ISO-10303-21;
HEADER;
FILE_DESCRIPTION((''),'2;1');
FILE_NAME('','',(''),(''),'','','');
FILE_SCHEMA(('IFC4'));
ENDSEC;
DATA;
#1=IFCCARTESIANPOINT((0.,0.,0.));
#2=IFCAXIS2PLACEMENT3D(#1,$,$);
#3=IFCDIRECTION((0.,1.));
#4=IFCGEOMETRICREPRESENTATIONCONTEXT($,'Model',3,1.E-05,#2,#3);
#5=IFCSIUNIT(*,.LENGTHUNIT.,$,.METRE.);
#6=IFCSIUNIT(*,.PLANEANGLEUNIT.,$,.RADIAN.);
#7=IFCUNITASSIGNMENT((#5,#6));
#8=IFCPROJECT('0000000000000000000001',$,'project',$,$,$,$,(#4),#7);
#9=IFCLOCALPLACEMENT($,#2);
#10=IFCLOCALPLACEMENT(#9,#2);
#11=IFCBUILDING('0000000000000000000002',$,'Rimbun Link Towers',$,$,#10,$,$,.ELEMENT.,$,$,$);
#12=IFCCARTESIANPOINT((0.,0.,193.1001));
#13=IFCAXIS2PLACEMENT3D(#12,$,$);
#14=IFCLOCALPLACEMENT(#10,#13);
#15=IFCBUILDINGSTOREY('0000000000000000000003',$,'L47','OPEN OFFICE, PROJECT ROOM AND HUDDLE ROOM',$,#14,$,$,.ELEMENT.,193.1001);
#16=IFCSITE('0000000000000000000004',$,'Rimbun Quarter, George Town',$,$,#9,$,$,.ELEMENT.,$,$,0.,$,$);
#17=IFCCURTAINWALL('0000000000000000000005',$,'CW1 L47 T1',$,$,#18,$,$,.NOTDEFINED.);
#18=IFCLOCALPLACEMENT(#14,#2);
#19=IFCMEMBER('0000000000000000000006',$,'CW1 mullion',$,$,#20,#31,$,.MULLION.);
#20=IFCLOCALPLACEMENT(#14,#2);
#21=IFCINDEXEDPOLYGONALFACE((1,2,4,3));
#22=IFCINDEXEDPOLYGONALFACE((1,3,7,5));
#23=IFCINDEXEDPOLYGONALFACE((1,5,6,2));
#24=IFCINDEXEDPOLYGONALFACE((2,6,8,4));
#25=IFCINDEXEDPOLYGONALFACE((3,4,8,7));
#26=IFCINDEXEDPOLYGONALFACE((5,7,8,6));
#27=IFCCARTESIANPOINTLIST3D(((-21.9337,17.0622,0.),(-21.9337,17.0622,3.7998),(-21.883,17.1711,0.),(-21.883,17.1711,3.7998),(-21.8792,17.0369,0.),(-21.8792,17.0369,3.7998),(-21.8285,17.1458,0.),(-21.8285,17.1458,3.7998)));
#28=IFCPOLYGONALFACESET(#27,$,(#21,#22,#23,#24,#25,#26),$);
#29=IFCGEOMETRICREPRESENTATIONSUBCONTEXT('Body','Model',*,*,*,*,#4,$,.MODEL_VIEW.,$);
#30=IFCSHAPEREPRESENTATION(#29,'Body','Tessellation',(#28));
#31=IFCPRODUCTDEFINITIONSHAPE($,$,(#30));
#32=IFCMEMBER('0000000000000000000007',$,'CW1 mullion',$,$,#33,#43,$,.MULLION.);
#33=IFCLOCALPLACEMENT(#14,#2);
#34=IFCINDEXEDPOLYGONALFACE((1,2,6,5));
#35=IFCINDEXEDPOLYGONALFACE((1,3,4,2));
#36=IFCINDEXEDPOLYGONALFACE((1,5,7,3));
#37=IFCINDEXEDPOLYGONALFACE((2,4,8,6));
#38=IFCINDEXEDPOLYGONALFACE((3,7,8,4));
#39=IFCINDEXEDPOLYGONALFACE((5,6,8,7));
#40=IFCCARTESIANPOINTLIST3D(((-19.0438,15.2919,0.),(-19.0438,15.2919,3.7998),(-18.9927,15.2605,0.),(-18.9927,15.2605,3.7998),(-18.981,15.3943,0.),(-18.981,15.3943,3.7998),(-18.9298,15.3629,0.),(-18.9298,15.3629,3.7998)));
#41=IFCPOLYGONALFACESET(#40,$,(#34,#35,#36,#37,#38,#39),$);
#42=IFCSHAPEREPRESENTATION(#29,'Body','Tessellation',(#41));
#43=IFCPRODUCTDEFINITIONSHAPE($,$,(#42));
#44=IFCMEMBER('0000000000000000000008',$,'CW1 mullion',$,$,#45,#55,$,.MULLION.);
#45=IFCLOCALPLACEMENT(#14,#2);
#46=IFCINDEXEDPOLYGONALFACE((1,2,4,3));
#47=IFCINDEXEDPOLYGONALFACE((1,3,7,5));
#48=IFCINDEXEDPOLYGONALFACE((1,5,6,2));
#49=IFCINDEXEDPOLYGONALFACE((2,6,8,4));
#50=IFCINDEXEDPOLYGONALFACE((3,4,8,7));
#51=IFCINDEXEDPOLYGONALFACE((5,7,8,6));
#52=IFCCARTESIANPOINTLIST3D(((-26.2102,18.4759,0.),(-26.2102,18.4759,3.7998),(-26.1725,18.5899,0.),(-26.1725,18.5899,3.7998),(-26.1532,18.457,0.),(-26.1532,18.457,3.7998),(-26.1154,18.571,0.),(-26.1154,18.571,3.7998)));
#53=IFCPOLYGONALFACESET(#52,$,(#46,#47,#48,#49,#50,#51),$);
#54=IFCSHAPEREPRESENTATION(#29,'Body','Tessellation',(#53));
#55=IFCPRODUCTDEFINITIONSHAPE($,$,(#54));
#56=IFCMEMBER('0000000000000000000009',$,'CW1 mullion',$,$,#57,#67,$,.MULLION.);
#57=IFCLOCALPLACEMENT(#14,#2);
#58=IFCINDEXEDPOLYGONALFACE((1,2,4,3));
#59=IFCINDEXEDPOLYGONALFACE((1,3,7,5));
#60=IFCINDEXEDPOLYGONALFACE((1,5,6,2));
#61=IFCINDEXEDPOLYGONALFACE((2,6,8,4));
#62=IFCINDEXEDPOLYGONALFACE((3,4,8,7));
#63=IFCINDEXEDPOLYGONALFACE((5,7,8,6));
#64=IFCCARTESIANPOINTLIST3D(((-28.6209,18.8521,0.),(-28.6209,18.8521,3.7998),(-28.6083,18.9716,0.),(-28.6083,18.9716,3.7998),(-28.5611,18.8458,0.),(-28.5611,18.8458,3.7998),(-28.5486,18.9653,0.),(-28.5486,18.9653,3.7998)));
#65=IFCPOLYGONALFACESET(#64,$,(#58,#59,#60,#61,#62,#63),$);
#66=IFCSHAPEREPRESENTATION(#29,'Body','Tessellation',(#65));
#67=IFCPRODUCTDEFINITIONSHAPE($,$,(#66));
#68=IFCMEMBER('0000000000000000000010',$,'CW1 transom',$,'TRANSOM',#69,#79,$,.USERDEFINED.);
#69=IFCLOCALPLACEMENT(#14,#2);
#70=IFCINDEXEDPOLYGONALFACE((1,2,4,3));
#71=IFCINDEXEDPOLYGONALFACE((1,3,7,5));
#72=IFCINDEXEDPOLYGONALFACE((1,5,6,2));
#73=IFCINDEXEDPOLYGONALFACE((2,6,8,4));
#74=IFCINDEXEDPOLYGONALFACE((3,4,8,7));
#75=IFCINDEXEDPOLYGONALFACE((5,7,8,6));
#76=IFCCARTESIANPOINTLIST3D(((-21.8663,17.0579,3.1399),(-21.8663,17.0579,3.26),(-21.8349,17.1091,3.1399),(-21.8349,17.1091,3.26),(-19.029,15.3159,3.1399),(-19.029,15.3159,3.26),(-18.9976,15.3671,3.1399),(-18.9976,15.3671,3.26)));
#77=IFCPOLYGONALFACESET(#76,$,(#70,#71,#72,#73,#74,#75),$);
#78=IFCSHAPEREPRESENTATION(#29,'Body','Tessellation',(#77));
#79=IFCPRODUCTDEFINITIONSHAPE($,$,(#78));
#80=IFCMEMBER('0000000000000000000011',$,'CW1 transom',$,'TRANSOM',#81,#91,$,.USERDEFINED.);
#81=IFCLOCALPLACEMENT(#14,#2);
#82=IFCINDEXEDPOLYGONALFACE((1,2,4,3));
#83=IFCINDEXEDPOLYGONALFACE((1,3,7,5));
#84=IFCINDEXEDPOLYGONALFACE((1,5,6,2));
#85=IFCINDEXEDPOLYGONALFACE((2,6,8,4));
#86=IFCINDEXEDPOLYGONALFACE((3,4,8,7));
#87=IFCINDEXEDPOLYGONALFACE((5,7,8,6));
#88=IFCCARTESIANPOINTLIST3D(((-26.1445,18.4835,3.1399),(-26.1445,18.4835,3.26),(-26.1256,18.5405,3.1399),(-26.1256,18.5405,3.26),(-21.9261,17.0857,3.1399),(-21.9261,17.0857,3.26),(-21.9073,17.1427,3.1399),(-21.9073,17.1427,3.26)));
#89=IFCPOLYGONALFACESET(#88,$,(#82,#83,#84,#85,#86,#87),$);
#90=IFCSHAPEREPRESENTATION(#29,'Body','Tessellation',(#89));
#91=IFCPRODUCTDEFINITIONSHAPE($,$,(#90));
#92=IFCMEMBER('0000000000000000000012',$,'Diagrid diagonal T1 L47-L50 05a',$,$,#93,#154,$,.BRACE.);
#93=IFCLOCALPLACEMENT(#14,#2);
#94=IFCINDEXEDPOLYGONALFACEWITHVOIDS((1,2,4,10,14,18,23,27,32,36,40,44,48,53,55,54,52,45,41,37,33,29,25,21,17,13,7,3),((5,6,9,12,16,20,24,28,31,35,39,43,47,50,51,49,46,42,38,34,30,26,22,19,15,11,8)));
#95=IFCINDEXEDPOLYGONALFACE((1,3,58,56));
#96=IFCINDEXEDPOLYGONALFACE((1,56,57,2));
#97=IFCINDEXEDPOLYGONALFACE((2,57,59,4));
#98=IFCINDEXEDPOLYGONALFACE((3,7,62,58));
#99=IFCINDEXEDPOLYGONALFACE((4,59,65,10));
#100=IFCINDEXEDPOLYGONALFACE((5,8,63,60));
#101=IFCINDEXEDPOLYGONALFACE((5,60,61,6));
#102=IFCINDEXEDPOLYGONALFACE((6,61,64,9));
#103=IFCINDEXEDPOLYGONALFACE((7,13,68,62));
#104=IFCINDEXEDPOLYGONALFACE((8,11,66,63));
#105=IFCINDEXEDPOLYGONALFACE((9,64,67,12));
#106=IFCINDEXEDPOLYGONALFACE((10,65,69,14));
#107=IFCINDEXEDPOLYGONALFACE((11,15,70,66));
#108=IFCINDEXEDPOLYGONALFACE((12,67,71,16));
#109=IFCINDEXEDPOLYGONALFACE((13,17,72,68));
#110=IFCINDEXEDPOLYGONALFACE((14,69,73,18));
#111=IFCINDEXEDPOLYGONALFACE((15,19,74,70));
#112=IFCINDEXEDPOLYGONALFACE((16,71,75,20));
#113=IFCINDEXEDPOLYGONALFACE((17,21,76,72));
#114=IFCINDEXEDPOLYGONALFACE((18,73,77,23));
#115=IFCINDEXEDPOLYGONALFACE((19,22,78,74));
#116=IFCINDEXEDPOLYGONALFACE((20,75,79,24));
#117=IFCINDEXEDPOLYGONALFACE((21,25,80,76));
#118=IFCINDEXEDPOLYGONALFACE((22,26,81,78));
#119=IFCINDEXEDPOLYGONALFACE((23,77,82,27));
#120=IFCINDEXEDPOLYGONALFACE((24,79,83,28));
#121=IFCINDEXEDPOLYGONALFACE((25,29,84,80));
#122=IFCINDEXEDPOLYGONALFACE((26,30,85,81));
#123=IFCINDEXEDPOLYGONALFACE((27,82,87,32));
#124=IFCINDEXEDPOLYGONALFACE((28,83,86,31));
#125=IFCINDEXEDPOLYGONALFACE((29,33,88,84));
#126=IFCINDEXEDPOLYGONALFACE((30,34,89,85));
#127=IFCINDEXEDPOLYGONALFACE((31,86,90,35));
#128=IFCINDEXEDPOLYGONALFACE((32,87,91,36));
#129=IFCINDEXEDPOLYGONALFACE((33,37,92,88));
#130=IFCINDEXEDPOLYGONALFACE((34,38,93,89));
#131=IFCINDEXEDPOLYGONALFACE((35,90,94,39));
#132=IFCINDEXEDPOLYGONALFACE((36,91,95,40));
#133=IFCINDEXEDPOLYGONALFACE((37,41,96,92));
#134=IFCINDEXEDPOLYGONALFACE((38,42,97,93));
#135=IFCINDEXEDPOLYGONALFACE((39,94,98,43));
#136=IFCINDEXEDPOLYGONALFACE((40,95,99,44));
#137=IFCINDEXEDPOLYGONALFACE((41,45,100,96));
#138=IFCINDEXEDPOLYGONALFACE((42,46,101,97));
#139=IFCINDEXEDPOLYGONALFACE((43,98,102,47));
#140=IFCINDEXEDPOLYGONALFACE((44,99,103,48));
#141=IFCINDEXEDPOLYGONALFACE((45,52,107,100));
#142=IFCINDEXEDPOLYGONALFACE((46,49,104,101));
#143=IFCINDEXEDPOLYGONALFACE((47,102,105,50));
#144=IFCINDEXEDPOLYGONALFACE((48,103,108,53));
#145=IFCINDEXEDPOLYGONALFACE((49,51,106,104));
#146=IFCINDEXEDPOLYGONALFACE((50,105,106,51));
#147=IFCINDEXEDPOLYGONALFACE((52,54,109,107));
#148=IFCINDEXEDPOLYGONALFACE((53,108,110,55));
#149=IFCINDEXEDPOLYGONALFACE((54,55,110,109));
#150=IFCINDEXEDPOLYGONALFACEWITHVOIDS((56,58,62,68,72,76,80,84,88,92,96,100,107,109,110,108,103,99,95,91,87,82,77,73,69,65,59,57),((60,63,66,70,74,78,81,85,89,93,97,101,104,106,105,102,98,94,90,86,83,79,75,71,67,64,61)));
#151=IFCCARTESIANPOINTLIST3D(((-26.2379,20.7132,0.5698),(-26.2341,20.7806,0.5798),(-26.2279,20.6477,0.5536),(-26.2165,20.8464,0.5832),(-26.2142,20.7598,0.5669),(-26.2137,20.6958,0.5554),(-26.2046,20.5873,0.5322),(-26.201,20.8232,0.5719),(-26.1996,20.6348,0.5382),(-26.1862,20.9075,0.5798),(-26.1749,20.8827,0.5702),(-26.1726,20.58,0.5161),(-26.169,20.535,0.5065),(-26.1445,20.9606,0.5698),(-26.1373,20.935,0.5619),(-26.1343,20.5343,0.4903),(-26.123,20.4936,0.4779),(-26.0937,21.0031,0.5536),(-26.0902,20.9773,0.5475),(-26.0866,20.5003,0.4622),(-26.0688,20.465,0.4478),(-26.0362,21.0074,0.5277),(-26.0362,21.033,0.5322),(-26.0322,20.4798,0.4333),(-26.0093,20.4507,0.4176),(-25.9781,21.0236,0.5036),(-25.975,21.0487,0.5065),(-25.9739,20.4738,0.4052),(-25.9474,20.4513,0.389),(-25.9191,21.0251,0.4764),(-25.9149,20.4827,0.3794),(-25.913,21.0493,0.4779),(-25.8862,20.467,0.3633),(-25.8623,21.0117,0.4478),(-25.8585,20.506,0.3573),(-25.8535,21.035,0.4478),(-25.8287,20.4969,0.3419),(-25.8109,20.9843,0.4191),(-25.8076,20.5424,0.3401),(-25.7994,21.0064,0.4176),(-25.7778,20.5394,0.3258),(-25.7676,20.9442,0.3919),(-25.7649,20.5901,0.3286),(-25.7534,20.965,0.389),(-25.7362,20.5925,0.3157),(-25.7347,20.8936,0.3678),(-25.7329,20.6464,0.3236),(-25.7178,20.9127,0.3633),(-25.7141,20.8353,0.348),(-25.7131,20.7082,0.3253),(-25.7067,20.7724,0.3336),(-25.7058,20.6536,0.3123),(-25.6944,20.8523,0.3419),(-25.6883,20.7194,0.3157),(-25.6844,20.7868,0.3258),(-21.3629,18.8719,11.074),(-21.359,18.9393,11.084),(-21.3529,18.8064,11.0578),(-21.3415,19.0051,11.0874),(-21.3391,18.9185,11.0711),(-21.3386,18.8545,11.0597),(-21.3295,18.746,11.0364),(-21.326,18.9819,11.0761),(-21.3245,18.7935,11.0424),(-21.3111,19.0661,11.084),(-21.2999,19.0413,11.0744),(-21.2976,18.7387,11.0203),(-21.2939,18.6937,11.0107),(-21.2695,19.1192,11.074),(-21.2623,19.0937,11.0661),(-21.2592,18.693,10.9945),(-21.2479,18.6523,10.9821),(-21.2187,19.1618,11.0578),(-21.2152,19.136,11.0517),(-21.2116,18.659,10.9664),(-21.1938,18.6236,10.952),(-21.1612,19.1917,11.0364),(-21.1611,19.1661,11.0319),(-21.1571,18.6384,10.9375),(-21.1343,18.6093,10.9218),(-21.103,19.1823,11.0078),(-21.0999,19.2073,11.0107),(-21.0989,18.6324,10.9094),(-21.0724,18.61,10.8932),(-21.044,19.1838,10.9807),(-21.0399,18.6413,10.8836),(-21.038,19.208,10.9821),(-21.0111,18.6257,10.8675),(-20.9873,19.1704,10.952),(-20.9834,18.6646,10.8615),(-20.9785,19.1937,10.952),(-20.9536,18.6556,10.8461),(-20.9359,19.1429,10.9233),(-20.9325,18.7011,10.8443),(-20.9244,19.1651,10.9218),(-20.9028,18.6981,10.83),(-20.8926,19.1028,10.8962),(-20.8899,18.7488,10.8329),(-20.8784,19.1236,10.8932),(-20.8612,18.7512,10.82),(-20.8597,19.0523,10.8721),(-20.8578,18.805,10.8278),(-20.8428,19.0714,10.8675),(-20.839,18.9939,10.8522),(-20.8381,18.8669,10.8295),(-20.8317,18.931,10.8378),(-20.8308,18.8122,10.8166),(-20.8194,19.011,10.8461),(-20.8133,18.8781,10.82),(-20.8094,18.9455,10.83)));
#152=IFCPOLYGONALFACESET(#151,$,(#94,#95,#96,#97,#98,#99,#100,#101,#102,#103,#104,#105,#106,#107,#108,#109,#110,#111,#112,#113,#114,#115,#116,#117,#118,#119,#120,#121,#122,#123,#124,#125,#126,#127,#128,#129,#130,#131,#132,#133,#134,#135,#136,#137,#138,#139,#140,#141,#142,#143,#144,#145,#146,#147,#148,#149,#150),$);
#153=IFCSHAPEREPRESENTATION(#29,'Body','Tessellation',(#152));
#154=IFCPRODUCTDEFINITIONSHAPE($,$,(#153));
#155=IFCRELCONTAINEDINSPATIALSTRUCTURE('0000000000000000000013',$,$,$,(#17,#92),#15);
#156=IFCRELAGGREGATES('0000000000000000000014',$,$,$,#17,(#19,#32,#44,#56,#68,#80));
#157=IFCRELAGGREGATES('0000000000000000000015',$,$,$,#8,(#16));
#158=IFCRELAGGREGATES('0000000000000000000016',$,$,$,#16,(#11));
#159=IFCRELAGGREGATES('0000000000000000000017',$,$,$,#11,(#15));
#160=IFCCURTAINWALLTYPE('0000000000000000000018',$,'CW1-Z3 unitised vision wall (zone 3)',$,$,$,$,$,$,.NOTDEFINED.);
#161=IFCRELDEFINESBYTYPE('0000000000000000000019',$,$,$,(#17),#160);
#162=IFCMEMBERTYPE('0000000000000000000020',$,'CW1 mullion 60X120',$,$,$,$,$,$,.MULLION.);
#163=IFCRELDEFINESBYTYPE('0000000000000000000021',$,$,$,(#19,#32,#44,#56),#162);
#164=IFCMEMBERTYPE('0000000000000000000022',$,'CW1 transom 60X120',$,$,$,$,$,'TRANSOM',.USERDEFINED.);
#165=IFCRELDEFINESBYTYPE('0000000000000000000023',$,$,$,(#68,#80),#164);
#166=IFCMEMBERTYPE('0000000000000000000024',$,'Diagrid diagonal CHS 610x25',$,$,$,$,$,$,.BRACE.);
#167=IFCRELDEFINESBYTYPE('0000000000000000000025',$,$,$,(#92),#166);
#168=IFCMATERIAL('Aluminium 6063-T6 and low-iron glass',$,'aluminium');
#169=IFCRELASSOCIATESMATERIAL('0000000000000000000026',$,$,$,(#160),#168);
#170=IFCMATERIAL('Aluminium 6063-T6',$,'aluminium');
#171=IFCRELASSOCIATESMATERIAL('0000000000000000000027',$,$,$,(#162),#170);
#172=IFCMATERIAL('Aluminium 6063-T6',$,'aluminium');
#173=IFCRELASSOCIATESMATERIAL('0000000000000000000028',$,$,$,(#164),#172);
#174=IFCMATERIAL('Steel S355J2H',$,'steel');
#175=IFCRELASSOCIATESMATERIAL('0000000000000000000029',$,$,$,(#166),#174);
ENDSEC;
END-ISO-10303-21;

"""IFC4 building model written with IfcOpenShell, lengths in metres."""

from ifc_helpers import new_model, si_unit, direction, frame, origin, origin_2d, place, context, subcontext, project, spatial, rectangle, hollow_circle, extrude, material, material_profile, profile_set, type_object, element, aggregate, save


model = new_model("IFC4")

# Units and contexts
model_context = context("Model", 3, precision=1e-05, world=origin(), true_north=direction((0.0, 1.0)))
body_context = subcontext(model_context, "Body", "Model", "MODEL_VIEW")
ifc_project = project(units=[si_unit("LENGTHUNIT", "METRE"), si_unit("PLANEANGLEUNIT", "RADIAN")], contexts=[model_context])

# Site, building, storey
site_placement = place(None, origin())
site = spatial("IfcSite", under=ifc_project, at=site_placement, Name="Rimbun Quarter, George Town", CompositionType="ELEMENT", RefElevation=0.0)
building_placement = place(site_placement, origin())
building = spatial("IfcBuilding", under=site, at=building_placement, Name="Rimbun Link Towers", CompositionType="ELEMENT")
storey_placement = place(building_placement, frame((0.0, 0.0, 193.1001)))
storey = spatial("IfcBuildingStorey", under=building, at=storey_placement, Name="L47", Description="OPEN OFFICE, PROJECT ROOM AND HUDDLE ROOM", CompositionType="ELEMENT", Elevation=193.1001)

# Curtain wall, members
ifc_material_1 = material(Name="Aluminium 6063-T6 and low-iron glass", Category="aluminium")
curtain_wall_type = type_object("IfcCurtainWallType", Name="CW1-Z3 unitised vision wall (zone 3)", PredefinedType="NOTDEFINED", material=ifc_material_1)
curtain_wall_placement = place(storey_placement, origin())
curtain_wall = element("IfcCurtainWall", 1, at=curtain_wall_placement, inside=storey, type_object=curtain_wall_type, Name="CW1 L47 T1", PredefinedType="NOTDEFINED")
ifc_material_2 = material(Name="Aluminium 6063-T6", Category="aluminium")
ifc_material_profile_1 = material_profile(ifc_material_2, rectangle(XDim=0.1201, YDim=0.0601, at=origin_2d()), Name="MULLION 60X120")
ifc_profile_set_1 = profile_set([ifc_material_profile_1], Name="Aluminium 6063-T6")
member_type_1 = type_object("IfcMemberType", Name="CW1 mullion 60X120", PredefinedType="MULLION", material=ifc_profile_set_1)
member_1_placement = place(storey_placement, frame((-21.8811, 17.104, 0.0), z_axis=(0.0, 0.0, 1.0), x_axis=(0.421695, 0.906738, 0.0)))
member_1 = element("IfcMember", 2, at=member_1_placement, type_object=member_type_1, Name="CW1 mullion", PredefinedType="MULLION", context=body_context, shape_type="SweptSolid", body=[
    extrude(rectangle(XDim=0.1201, YDim=0.0601, at=origin_2d()), origin(), (0.0, 0.0, 1.0), 3.7998),
])
member_2_placement = place(storey_placement, frame((-18.9868, 15.3274, 0.0), z_axis=(0.0, 0.0, 1.0), x_axis=(0.523229, 0.852192, 0.0)))
member_2 = element("IfcMember", 3, at=member_2_placement, type_object=member_type_1, Name="CW1 mullion", PredefinedType="MULLION", context=body_context, shape_type="SweptSolid", body=[
    extrude(rectangle(XDim=0.1201, YDim=0.0601, at=origin_2d()), origin(), (0.0, 0.0, 1.0), 3.7998),
])
member_3_placement = place(storey_placement, frame((-26.1628, 18.5234, 0.0), z_axis=(0.0, 0.0, 1.0), x_axis=(0.314558, 0.949238, 0.0)))
member_3 = element("IfcMember", 4, at=member_3_placement, type_object=member_type_1, Name="CW1 mullion", PredefinedType="MULLION", context=body_context, shape_type="SweptSolid", body=[
    extrude(rectangle(XDim=0.1201, YDim=0.0601, at=origin_2d()), origin(), (0.0, 0.0, 1.0), 3.7998),
])
member_4_placement = place(storey_placement, frame((-28.5847, 18.9087, 0.0), z_axis=(0.0, 0.0, 1.0), x_axis=(0.104748, 0.994499, 0.0)))
member_4 = element("IfcMember", 5, at=member_4_placement, type_object=member_type_1, Name="CW1 mullion", PredefinedType="MULLION", context=body_context, shape_type="SweptSolid", body=[
    extrude(rectangle(XDim=0.1201, YDim=0.0601, at=origin_2d()), origin(), (0.0, 0.0, 1.0), 3.7998),
])
ifc_material_3 = material(Name="Aluminium 6063-T6", Category="aluminium")
ifc_material_profile_2 = material_profile(ifc_material_3, rectangle(XDim=0.0601, YDim=0.1201, at=origin_2d()), Name="TRANSOM 60X120")
ifc_profile_set_2 = profile_set([ifc_material_profile_2], Name="Aluminium 6063-T6")
member_type_2 = type_object("IfcMemberType", Name="CW1 transom 60X120", ElementType="TRANSOM", PredefinedType="USERDEFINED", material=ifc_profile_set_2)
member_5_placement = place(storey_placement, frame((-21.8506, 17.0835, 3.2), z_axis=(0.852194, -0.523226, 0.0), x_axis=(0.523226, 0.852194, 0.0)))
member_5 = element("IfcMember", 6, at=member_5_placement, type_object=member_type_2, Name="CW1 transom", ObjectType="TRANSOM", PredefinedType="USERDEFINED", context=body_context, shape_type="SweptSolid", body=[
    extrude(rectangle(XDim=0.0601, YDim=0.1201, at=origin_2d()), origin(), (0.0, 0.0, 1.0), 3.3293),
])
member_6_placement = place(storey_placement, frame((-26.135, 18.512, 3.2), z_axis=(0.949248, -0.31453, 0.0), x_axis=(0.31453, 0.949248, 0.0)))
member_6 = element("IfcMember", 7, at=member_6_placement, type_object=member_type_2, Name="CW1 transom", ObjectType="TRANSOM", PredefinedType="USERDEFINED", context=body_context, shape_type="SweptSolid", body=[
    extrude(rectangle(XDim=0.0601, YDim=0.1201, at=origin_2d()), origin(), (0.0, 0.0, 1.0), 4.4438),
])

# Member
ifc_material_4 = material(Name="Steel S355J2H", Category="steel")
ifc_material_profile_3 = material_profile(ifc_material_4, hollow_circle(Radius=0.3047, WallThickness=0.0249, at=origin_2d()), Name="Diagrid diagonal CHS 610x25")
ifc_profile_set_3 = profile_set([ifc_material_profile_3], Name="Steel S355J2H")
member_type_3 = type_object("IfcMemberType", Name="Diagrid diagonal CHS 610x25", PredefinedType="BRACE", material=ifc_profile_set_3)
member_7_placement = place(storey_placement, frame((-25.9612, 20.75, 0.4478), z_axis=(0.415752, -0.157031, 0.895819), x_axis=(0.35334, 0.935495, 0.0)))
element("IfcMember", 8, at=member_7_placement, inside=storey, type_object=member_type_3, Name="Diagrid diagonal T1 L47-L50 05a", PredefinedType="BRACE", context=body_context, shape_type="SweptSolid", body=[
    extrude(hollow_circle(Radius=0.3047, WallThickness=0.0249, at=origin_2d()), origin(), (0.0, 0.0, 1.0), 11.7258),
])

aggregate(curtain_wall, [member_1, member_2, member_3, member_4, member_5, member_6])

save(model, "model.ifc")
